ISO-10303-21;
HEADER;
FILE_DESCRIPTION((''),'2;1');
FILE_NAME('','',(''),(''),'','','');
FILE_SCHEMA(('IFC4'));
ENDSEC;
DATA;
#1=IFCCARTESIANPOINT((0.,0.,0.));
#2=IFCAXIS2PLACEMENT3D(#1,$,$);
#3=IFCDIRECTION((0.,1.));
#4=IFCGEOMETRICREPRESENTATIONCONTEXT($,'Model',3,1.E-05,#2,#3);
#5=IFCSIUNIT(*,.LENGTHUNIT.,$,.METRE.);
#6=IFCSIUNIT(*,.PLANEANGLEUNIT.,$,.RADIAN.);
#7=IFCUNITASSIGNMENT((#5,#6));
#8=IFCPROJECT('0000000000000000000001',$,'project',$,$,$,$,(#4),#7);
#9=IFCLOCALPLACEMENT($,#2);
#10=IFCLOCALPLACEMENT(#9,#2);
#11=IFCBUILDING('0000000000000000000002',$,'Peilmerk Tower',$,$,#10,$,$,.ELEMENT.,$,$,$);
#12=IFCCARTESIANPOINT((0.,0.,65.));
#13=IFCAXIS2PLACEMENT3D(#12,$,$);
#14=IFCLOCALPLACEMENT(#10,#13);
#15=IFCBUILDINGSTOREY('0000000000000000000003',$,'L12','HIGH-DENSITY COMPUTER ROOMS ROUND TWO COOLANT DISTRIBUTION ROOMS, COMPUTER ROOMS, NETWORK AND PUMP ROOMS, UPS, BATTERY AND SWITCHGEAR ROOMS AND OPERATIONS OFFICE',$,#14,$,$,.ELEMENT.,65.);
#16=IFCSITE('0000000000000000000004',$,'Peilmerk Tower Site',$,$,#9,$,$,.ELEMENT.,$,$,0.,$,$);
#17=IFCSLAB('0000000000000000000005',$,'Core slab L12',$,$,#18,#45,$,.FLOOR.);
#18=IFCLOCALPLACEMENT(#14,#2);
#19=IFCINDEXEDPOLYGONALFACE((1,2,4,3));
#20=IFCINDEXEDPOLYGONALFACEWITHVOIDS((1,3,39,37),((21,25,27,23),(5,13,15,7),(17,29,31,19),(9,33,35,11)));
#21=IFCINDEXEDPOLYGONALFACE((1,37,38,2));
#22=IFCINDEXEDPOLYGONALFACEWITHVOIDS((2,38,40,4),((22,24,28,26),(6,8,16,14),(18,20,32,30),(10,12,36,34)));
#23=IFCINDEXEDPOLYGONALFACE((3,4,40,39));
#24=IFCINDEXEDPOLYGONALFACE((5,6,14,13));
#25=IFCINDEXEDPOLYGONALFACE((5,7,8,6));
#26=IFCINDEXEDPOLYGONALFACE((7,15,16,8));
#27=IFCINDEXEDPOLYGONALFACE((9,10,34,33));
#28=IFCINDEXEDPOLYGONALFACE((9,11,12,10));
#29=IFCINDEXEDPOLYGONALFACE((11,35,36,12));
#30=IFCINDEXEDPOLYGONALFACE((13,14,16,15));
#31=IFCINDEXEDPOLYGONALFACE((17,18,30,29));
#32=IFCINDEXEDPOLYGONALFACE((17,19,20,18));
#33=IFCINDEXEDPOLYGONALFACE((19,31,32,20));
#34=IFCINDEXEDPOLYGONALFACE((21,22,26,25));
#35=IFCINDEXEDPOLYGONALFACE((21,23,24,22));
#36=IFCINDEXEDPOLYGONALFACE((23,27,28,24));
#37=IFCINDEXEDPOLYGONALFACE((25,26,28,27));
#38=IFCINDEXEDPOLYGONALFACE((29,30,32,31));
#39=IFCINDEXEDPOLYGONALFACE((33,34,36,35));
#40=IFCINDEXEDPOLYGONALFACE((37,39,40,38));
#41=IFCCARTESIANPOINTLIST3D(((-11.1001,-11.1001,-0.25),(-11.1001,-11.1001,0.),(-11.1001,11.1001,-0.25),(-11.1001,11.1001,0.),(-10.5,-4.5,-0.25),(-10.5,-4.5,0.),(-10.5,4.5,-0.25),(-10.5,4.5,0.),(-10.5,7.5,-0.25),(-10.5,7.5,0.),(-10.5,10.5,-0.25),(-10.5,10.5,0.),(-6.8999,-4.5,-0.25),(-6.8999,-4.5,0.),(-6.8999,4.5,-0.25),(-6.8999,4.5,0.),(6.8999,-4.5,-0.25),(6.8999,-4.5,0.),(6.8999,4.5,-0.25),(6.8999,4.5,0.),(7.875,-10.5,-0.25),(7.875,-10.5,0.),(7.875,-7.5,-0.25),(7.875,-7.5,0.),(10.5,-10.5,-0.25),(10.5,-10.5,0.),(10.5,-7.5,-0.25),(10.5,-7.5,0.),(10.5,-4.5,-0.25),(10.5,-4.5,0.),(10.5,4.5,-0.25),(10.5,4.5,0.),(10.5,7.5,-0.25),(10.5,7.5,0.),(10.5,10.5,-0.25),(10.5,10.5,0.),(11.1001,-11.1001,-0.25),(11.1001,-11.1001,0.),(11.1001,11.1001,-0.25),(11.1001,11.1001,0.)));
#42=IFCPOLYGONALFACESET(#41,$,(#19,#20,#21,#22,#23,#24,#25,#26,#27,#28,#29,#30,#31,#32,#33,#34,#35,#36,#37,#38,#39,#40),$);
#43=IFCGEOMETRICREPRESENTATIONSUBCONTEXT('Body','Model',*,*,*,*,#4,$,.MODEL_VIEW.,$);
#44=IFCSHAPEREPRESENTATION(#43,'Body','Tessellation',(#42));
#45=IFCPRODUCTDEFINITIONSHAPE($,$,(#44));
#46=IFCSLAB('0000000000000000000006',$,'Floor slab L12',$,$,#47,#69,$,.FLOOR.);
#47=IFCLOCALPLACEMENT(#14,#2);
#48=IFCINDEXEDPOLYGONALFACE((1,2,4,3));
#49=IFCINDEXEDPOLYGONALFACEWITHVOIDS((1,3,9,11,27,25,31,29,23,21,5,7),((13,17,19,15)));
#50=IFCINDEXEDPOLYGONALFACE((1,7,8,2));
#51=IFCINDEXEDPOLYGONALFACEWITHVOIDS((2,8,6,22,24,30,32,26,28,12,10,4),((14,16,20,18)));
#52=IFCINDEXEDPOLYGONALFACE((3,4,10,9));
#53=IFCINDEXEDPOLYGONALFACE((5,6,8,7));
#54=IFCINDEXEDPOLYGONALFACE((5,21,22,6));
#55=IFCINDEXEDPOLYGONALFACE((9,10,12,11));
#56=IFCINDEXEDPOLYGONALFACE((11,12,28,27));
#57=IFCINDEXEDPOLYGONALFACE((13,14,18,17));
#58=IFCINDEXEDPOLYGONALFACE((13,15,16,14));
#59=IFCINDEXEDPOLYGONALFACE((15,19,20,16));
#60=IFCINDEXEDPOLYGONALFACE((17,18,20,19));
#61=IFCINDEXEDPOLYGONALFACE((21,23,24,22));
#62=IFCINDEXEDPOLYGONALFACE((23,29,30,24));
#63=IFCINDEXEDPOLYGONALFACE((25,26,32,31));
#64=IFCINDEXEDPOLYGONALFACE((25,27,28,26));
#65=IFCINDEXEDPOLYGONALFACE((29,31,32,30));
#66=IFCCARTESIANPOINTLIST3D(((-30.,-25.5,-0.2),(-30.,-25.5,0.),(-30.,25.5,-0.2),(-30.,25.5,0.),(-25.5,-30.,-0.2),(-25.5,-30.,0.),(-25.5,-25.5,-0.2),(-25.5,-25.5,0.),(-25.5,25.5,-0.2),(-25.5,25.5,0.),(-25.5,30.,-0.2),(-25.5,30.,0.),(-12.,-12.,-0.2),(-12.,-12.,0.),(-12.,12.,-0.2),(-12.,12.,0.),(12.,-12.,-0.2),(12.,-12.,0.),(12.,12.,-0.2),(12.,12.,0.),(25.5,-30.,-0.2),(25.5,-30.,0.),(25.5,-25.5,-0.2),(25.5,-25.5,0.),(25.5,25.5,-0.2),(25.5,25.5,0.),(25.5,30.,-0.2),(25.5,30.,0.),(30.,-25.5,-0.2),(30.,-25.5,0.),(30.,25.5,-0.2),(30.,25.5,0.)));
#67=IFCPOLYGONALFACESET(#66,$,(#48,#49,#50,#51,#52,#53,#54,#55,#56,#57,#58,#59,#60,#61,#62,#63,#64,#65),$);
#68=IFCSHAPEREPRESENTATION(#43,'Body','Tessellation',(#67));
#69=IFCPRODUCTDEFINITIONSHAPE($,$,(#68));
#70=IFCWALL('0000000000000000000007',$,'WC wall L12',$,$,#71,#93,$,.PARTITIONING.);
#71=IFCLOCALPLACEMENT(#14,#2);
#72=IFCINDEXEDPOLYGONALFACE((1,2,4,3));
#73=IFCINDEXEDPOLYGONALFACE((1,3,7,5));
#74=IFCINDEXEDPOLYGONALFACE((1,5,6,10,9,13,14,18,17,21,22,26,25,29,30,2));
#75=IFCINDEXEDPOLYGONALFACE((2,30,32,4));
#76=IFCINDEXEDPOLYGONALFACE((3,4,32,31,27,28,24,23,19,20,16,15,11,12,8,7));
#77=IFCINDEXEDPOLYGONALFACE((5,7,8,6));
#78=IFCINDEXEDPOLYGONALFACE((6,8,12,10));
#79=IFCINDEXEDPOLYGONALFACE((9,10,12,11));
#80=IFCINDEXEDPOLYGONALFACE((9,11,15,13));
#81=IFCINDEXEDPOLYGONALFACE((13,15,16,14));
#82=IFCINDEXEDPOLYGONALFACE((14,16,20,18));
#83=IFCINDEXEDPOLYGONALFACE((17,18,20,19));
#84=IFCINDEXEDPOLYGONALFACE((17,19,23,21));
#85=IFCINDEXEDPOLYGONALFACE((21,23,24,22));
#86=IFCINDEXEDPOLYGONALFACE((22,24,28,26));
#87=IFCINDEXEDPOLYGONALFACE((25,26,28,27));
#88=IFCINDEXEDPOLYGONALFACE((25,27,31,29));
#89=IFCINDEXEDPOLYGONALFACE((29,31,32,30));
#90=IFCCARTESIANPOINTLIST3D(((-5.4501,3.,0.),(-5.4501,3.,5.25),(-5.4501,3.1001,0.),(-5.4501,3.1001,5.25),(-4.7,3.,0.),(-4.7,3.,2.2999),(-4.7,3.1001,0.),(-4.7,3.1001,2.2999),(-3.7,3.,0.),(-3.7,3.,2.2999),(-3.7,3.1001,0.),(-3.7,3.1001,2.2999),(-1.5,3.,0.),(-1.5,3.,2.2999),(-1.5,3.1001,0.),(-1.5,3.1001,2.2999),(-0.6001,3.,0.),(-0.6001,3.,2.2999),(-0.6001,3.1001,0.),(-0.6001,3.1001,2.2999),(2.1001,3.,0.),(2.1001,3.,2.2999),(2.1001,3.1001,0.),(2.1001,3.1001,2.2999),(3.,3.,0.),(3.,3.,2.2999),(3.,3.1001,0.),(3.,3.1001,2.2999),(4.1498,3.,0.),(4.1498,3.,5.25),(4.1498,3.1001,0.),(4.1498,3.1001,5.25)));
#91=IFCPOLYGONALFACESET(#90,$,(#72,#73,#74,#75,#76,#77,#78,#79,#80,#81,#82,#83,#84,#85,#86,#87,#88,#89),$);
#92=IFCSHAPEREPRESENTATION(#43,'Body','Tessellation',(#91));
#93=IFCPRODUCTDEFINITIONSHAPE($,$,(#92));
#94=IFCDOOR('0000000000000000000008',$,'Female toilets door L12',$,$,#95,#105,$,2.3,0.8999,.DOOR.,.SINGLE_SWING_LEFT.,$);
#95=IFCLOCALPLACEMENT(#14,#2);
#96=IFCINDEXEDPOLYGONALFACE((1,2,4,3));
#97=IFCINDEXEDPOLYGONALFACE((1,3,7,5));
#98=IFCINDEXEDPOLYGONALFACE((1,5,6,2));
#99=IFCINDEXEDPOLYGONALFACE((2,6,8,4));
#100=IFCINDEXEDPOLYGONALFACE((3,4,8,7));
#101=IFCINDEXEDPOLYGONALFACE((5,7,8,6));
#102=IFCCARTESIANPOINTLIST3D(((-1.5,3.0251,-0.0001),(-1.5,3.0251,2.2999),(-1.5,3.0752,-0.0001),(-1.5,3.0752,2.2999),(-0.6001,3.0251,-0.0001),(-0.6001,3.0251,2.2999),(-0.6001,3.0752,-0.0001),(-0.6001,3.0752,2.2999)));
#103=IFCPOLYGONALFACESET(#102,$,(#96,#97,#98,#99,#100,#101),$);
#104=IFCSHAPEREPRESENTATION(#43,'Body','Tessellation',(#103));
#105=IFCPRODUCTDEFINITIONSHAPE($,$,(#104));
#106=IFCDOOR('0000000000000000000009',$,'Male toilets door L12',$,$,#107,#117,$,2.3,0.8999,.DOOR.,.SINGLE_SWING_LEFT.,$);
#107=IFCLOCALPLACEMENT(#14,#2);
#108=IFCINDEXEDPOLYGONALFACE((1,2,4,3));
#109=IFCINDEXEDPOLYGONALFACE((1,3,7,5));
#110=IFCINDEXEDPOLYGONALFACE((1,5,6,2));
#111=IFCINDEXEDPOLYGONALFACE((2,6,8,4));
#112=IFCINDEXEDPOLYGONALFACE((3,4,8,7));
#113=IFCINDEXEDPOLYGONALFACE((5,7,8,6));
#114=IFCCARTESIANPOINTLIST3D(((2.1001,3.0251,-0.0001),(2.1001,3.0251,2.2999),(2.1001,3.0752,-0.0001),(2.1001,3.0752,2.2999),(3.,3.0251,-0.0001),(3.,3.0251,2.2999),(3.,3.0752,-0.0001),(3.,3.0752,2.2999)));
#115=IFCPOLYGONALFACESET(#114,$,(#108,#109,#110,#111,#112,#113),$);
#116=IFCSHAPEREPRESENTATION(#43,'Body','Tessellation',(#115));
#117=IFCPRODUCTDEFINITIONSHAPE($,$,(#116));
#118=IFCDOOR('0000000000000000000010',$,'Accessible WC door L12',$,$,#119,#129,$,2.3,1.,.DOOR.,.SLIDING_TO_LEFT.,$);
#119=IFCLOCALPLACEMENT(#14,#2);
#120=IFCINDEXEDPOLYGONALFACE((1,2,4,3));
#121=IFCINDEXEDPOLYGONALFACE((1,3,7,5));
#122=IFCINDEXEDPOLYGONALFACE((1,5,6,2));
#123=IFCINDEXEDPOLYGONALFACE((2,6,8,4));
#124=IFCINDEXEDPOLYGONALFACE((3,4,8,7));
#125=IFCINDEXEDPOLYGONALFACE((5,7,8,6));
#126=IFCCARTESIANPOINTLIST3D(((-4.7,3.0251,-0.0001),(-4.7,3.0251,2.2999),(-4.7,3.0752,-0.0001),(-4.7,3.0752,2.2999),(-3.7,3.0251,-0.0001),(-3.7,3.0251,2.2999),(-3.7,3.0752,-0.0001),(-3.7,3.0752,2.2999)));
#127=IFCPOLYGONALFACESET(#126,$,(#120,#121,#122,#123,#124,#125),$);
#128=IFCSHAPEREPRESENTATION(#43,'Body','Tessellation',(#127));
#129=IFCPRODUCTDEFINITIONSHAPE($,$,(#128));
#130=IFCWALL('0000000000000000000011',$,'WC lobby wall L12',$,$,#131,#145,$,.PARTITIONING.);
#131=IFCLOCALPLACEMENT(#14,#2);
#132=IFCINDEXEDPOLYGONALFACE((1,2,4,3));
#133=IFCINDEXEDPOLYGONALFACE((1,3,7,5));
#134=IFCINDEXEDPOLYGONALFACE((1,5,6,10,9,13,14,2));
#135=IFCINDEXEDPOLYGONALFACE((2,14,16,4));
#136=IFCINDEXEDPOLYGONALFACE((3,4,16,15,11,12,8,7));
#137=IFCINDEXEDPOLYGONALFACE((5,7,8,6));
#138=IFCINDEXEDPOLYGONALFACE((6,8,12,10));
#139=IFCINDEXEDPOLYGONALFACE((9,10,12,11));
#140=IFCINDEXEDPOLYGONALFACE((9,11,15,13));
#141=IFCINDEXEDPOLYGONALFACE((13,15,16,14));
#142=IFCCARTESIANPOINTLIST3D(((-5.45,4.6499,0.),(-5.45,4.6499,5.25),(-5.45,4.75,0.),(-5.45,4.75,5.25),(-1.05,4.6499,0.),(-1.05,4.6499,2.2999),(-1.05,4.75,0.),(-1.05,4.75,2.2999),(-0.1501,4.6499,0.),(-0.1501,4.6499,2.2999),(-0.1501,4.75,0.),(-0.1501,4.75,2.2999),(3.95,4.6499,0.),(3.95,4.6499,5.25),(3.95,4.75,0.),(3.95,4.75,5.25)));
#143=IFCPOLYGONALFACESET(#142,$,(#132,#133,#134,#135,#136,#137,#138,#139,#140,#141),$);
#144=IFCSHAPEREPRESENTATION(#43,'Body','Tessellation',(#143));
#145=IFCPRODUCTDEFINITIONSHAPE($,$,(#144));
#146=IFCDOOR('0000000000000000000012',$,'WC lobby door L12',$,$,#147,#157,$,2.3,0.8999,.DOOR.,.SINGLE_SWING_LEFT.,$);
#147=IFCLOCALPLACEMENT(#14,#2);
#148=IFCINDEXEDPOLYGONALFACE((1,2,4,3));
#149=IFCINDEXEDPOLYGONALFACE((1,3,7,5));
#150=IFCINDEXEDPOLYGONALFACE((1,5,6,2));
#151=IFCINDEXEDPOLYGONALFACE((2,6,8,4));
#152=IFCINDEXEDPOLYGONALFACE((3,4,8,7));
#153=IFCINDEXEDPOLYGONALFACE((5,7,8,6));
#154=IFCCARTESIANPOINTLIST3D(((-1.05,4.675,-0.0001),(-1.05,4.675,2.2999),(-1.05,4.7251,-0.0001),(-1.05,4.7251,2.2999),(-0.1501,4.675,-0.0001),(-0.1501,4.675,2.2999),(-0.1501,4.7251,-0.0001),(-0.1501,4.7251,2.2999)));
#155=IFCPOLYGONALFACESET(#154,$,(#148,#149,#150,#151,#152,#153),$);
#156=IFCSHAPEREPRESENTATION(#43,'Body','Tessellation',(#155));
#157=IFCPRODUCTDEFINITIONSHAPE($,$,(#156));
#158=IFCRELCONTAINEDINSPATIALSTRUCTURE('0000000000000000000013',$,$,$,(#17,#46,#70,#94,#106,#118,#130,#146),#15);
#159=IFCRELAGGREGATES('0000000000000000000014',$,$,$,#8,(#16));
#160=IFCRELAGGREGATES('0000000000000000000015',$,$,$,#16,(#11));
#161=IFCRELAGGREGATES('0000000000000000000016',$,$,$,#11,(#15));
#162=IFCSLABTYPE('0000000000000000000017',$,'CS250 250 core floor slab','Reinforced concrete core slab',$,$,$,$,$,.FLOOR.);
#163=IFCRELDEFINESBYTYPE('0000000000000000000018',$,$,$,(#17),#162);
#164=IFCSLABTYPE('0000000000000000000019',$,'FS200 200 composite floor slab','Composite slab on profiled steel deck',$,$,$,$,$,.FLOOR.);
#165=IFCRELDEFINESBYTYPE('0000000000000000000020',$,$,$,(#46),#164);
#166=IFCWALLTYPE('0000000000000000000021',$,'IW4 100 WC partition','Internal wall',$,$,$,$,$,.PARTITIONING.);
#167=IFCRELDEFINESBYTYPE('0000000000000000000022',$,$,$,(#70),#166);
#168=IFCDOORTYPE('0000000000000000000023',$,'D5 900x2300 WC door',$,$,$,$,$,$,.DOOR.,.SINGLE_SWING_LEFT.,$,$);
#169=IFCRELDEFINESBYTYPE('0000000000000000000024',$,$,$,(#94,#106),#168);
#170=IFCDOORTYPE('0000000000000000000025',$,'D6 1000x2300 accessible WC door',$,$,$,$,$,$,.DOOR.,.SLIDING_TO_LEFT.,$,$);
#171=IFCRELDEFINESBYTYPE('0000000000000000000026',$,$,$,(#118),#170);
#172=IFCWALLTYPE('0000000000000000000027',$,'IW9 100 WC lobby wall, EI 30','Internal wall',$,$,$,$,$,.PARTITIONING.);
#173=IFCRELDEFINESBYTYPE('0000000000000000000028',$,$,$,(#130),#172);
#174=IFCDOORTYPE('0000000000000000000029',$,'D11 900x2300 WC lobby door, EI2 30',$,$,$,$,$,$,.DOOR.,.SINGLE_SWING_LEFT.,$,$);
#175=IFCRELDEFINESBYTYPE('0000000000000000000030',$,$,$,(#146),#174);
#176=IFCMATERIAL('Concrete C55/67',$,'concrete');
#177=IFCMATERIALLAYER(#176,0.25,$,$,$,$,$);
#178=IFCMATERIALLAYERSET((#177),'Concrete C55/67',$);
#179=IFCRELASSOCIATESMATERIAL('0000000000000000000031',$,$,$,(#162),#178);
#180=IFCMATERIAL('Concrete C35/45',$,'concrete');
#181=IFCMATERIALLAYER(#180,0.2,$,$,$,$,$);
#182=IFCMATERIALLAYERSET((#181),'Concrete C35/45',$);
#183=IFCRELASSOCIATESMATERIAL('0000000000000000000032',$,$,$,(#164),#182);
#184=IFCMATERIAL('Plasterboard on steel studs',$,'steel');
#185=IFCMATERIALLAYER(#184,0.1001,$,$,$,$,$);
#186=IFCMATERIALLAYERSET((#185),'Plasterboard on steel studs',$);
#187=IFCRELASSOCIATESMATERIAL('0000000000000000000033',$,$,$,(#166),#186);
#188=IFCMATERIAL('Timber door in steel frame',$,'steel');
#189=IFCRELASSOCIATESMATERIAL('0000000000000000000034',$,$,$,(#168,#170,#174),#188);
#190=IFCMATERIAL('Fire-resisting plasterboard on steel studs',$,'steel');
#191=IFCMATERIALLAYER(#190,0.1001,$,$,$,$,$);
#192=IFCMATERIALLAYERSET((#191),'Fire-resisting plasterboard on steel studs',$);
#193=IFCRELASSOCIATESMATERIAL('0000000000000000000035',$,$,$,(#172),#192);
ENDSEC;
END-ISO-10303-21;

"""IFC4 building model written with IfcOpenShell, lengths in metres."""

from ifc_helpers import new_model, si_unit, direction, frame, frame_2d, origin, place, context, subcontext, project, spatial, polyline, rectangle, outline, extrude, material, layer, layer_set, type_object, element, fill, save


model = new_model("IFC4")

# Units and contexts
model_context = context("Model", 3, precision=1e-05, world=origin(), true_north=direction((0.0, 1.0)))
body_context = subcontext(model_context, "Body", "Model", "MODEL_VIEW")
ifc_project = project(units=[si_unit("LENGTHUNIT", "METRE"), si_unit("PLANEANGLEUNIT", "RADIAN")], contexts=[model_context])

# Site, building, storey
site_placement = place(None, origin())
site = spatial("IfcSite", under=ifc_project, at=site_placement, Name="Peilmerk Tower Site", CompositionType="ELEMENT", RefElevation=0.0)
building_placement = place(site_placement, origin())
building = spatial("IfcBuilding", under=site, at=building_placement, Name="Peilmerk Tower", CompositionType="ELEMENT")
storey_placement = place(building_placement, frame((0.0, 0.0, 65.0)))
storey = spatial("IfcBuildingStorey", under=building, at=storey_placement, Name="L12", Description="HIGH-DENSITY COMPUTER ROOMS ROUND TWO COOLANT DISTRIBUTION ROOMS, COMPUTER ROOMS, NETWORK AND PUMP ROOMS, UPS, BATTERY AND SWITCHGEAR ROOMS AND OPERATIONS OFFICE", CompositionType="ELEMENT", Elevation=65.0)

# Slabs
ifc_material_1 = material(Name="Concrete C55/67", Category="concrete")
ifc_layer_1 = layer(ifc_material_1, 0.25)
ifc_layer_set_1 = layer_set([ifc_layer_1], Name="Concrete C55/67")
slab_type_1 = type_object("IfcSlabType", Name="CS250 250 core floor slab", Description="Reinforced concrete core slab", PredefinedType="FLOOR", material=ifc_layer_set_1)
slab_1_placement = place(storey_placement, frame((0.0, 0.0, -0.25)))
element("IfcSlab", 1, at=slab_1_placement, inside=storey, type_object=slab_type_1, Name="Core slab L12", PredefinedType="FLOOR", context=body_context, shape_type="SweptSolid", body=[
    extrude(outline(polyline([(-11.1001, 11.1001), (-11.1001, -11.1001), (11.1001, -11.1001), (11.1001, 11.1001), (-11.1001, 11.1001)]), holes=[polyline([(10.5, 7.5), (-10.5, 7.5), (-10.5, 10.5), (10.5, 10.5), (10.5, 7.5)]), polyline([(7.875, -10.5), (7.875, -7.5), (10.5, -7.5), (10.5, -10.5), (7.875, -10.5)]), polyline([(-10.5, 4.5), (-6.8999, 4.5), (-6.8999, -4.5), (-10.5, -4.5), (-10.5, 4.5)]), polyline([(10.5, 4.5), (10.5, -4.5), (6.8999, -4.5), (6.8999, 4.5), (10.5, 4.5)])]), origin(), (0.0, 0.0, 1.0), 0.25),
])
ifc_material_2 = material(Name="Concrete C35/45", Category="concrete")
ifc_layer_2 = layer(ifc_material_2, 0.2)
ifc_layer_set_2 = layer_set([ifc_layer_2], Name="Concrete C35/45")
slab_type_2 = type_object("IfcSlabType", Name="FS200 200 composite floor slab", Description="Composite slab on profiled steel deck", PredefinedType="FLOOR", material=ifc_layer_set_2)
slab_2_placement = place(storey_placement, frame((0.0, 0.0, -0.2)))
element("IfcSlab", 2, at=slab_2_placement, inside=storey, type_object=slab_type_2, Name="Floor slab L12", PredefinedType="FLOOR", context=body_context, shape_type="SweptSolid", body=[
    extrude(outline(polyline([(-25.5, -30.0), (25.5, -30.0), (25.5, -25.5), (30.0, -25.5), (30.0, 25.5), (25.5, 25.5), (25.5, 30.0), (-25.5, 30.0), (-25.5, 25.5), (-30.0, 25.5), (-30.0, -25.5), (-25.5, -25.5), (-25.5, -30.0)]), holes=[polyline([(12.0, 12.0), (12.0, -12.0), (-12.0, -12.0), (-12.0, 12.0), (12.0, 12.0)])]), origin(), (0.0, 0.0, 1.0), 0.2),
])

# Wall, openings, doors
ifc_material_3 = material(Name="Plasterboard on steel studs", Category="steel")
ifc_layer_3 = layer(ifc_material_3, 0.1001)
ifc_layer_set_3 = layer_set([ifc_layer_3], Name="Plasterboard on steel studs")
wall_type_1 = type_object("IfcWallType", Name="IW4 100 WC partition", Description="Internal wall", PredefinedType="PARTITIONING", material=ifc_layer_set_3)
wall_1_placement = place(storey_placement, frame((-5.45, 3.05, 0.0), z_axis=(0.0, 0.0, 1.0), x_axis=(1.0, 0.0, 0.0)))
wall_1 = element("IfcWall", 3, at=wall_1_placement, inside=storey, type_object=wall_type_1, Name="WC wall L12", PredefinedType="PARTITIONING", context=body_context, shape_type="SweptSolid", body=[
    extrude(rectangle(XDim=9.5999, YDim=0.1001, at=frame_2d((4.7998, 0.0))), origin(), (0.0, 0.0, 1.0), 5.25),
])
opening_1_placement = place(wall_1_placement, frame((0.75, 0.0, 0.0)))
opening_1 = element("IfcOpeningElement", 4, at=opening_1_placement, cuts=wall_1, PredefinedType="OPENING", context=body_context, shape_type="SweptSolid", body=[
    extrude(rectangle(XDim=1.0, YDim=2.3, at=frame_2d((0.5, 1.1499))), frame((0.0, 0.0601, 0.0), z_axis=(0.0, -1.0, 0.0), x_axis=(1.0, 0.0, 0.0)), (0.0, 0.0, 1.0), 0.1201),
])
opening_2_placement = place(wall_1_placement, frame((3.95, 0.0, 0.0)))
opening_2 = element("IfcOpeningElement", 5, at=opening_2_placement, cuts=wall_1, PredefinedType="OPENING", context=body_context, shape_type="SweptSolid", body=[
    extrude(rectangle(XDim=0.8999, YDim=2.3, at=frame_2d((0.45, 1.1499))), frame((0.0, 0.0601, 0.0), z_axis=(0.0, -1.0, 0.0), x_axis=(1.0, 0.0, 0.0)), (0.0, 0.0, 1.0), 0.1201),
])
opening_3_placement = place(wall_1_placement, frame((7.55, 0.0, 0.0)))
opening_3 = element("IfcOpeningElement", 6, at=opening_3_placement, cuts=wall_1, PredefinedType="OPENING", context=body_context, shape_type="SweptSolid", body=[
    extrude(rectangle(XDim=0.8999, YDim=2.3, at=frame_2d((0.45, 1.1499))), frame((0.0, 0.0601, 0.0), z_axis=(0.0, -1.0, 0.0), x_axis=(1.0, 0.0, 0.0)), (0.0, 0.0, 1.0), 0.1201),
])
ifc_material_4 = material(Name="Timber door in steel frame", Category="steel")
door_type_1 = type_object("IfcDoorType", Name="D5 900x2300 WC door", OperationType="SINGLE_SWING_LEFT", PredefinedType="DOOR", material=ifc_material_4)
door_1_placement = place(opening_2_placement, frame((0.8999, 0.0, 0.0), z_axis=(0.0, 0.0, 1.0), x_axis=(-1.0, 0.0, 0.0)))
door_1 = element("IfcDoor", 7, at=door_1_placement, inside=storey, type_object=door_type_1, Name="Female toilets door L12", OperationType="SINGLE_SWING_LEFT", OverallHeight=2.3, OverallWidth=0.8999, PredefinedType="DOOR", context=body_context, shape_type="SweptSolid", body=[
    extrude(rectangle(XDim=0.8999, YDim=2.3, at=frame_2d((0.45, 1.1499))), frame((0.0, 0.0249, 0.0), z_axis=(0.0, -1.0, 0.0), x_axis=(1.0, 0.0, 0.0)), (0.0, 0.0, 1.0), 0.05),
])
fill(opening_2, door_1)
door_2_placement = place(opening_3_placement, frame((0.8999, 0.0, 0.0), z_axis=(0.0, 0.0, 1.0), x_axis=(-1.0, 0.0, 0.0)))
door_2 = element("IfcDoor", 8, at=door_2_placement, inside=storey, type_object=door_type_1, Name="Male toilets door L12", OperationType="SINGLE_SWING_LEFT", OverallHeight=2.3, OverallWidth=0.8999, PredefinedType="DOOR", context=body_context, shape_type="SweptSolid", body=[
    extrude(rectangle(XDim=0.8999, YDim=2.3, at=frame_2d((0.45, 1.1499))), frame((0.0, 0.0249, 0.0), z_axis=(0.0, -1.0, 0.0), x_axis=(1.0, 0.0, 0.0)), (0.0, 0.0, 1.0), 0.05),
])
fill(opening_3, door_2)
door_type_2 = type_object("IfcDoorType", Name="D6 1000x2300 accessible WC door", OperationType="SLIDING_TO_LEFT", PredefinedType="DOOR", material=ifc_material_4)
door_3_placement = place(opening_1_placement, frame((1.0, 0.0, 0.0), z_axis=(0.0, 0.0, 1.0), x_axis=(-1.0, 0.0, 0.0)))
door_3 = element("IfcDoor", 9, at=door_3_placement, inside=storey, type_object=door_type_2, Name="Accessible WC door L12", OperationType="SLIDING_TO_LEFT", OverallHeight=2.3, OverallWidth=1.0, PredefinedType="DOOR", context=body_context, shape_type="SweptSolid", body=[
    extrude(rectangle(XDim=1.0, YDim=2.3, at=frame_2d((0.5, 1.1499))), frame((0.0, 0.0249, 0.0), z_axis=(0.0, -1.0, 0.0), x_axis=(1.0, 0.0, 0.0)), (0.0, 0.0, 1.0), 0.05),
])
fill(opening_1, door_3)

# Wall, opening, door
ifc_material_5 = material(Name="Fire-resisting plasterboard on steel studs", Category="steel")
ifc_layer_4 = layer(ifc_material_5, 0.1001)
ifc_layer_set_4 = layer_set([ifc_layer_4], Name="Fire-resisting plasterboard on steel studs")
wall_type_2 = type_object("IfcWallType", Name="IW9 100 WC lobby wall, EI 30", Description="Internal wall", PredefinedType="PARTITIONING", material=ifc_layer_set_4)
wall_2_placement = place(storey_placement, frame((-5.45, 4.7, 0.0), z_axis=(0.0, 0.0, 1.0), x_axis=(1.0, 0.0, 0.0)))
wall_2 = element("IfcWall", 10, at=wall_2_placement, inside=storey, type_object=wall_type_2, Name="WC lobby wall L12", PredefinedType="PARTITIONING", context=body_context, shape_type="SweptSolid", body=[
    extrude(rectangle(XDim=9.3999, YDim=0.1001, at=frame_2d((4.7, 0.0))), origin(), (0.0, 0.0, 1.0), 5.25),
])
opening_4_placement = place(wall_2_placement, frame((4.3999, 0.0, 0.0)))
opening_4 = element("IfcOpeningElement", 11, at=opening_4_placement, cuts=wall_2, PredefinedType="OPENING", context=body_context, shape_type="SweptSolid", body=[
    extrude(rectangle(XDim=0.8999, YDim=2.3, at=frame_2d((0.45, 1.1499))), frame((0.0, 0.0601, 0.0), z_axis=(0.0, -1.0, 0.0), x_axis=(1.0, 0.0, 0.0)), (0.0, 0.0, 1.0), 0.1201),
])
door_type_3 = type_object("IfcDoorType", Name="D11 900x2300 WC lobby door, EI2 30", OperationType="SINGLE_SWING_LEFT", PredefinedType="DOOR", material=ifc_material_4)
door_4_placement = place(opening_4_placement, frame((0.8999, 0.0, 0.0), z_axis=(0.0, 0.0, 1.0), x_axis=(-1.0, 0.0, 0.0)))
door_4 = element("IfcDoor", 12, at=door_4_placement, inside=storey, type_object=door_type_3, Name="WC lobby door L12", OperationType="SINGLE_SWING_LEFT", OverallHeight=2.3, OverallWidth=0.8999, PredefinedType="DOOR", context=body_context, shape_type="SweptSolid", body=[
    extrude(rectangle(XDim=0.8999, YDim=2.3, at=frame_2d((0.45, 1.1499))), frame((0.0, 0.0249, 0.0), z_axis=(0.0, -1.0, 0.0), x_axis=(1.0, 0.0, 0.0)), (0.0, 0.0, 1.0), 0.05),
])
fill(opening_4, door_4)

save(model, "model.ifc")
